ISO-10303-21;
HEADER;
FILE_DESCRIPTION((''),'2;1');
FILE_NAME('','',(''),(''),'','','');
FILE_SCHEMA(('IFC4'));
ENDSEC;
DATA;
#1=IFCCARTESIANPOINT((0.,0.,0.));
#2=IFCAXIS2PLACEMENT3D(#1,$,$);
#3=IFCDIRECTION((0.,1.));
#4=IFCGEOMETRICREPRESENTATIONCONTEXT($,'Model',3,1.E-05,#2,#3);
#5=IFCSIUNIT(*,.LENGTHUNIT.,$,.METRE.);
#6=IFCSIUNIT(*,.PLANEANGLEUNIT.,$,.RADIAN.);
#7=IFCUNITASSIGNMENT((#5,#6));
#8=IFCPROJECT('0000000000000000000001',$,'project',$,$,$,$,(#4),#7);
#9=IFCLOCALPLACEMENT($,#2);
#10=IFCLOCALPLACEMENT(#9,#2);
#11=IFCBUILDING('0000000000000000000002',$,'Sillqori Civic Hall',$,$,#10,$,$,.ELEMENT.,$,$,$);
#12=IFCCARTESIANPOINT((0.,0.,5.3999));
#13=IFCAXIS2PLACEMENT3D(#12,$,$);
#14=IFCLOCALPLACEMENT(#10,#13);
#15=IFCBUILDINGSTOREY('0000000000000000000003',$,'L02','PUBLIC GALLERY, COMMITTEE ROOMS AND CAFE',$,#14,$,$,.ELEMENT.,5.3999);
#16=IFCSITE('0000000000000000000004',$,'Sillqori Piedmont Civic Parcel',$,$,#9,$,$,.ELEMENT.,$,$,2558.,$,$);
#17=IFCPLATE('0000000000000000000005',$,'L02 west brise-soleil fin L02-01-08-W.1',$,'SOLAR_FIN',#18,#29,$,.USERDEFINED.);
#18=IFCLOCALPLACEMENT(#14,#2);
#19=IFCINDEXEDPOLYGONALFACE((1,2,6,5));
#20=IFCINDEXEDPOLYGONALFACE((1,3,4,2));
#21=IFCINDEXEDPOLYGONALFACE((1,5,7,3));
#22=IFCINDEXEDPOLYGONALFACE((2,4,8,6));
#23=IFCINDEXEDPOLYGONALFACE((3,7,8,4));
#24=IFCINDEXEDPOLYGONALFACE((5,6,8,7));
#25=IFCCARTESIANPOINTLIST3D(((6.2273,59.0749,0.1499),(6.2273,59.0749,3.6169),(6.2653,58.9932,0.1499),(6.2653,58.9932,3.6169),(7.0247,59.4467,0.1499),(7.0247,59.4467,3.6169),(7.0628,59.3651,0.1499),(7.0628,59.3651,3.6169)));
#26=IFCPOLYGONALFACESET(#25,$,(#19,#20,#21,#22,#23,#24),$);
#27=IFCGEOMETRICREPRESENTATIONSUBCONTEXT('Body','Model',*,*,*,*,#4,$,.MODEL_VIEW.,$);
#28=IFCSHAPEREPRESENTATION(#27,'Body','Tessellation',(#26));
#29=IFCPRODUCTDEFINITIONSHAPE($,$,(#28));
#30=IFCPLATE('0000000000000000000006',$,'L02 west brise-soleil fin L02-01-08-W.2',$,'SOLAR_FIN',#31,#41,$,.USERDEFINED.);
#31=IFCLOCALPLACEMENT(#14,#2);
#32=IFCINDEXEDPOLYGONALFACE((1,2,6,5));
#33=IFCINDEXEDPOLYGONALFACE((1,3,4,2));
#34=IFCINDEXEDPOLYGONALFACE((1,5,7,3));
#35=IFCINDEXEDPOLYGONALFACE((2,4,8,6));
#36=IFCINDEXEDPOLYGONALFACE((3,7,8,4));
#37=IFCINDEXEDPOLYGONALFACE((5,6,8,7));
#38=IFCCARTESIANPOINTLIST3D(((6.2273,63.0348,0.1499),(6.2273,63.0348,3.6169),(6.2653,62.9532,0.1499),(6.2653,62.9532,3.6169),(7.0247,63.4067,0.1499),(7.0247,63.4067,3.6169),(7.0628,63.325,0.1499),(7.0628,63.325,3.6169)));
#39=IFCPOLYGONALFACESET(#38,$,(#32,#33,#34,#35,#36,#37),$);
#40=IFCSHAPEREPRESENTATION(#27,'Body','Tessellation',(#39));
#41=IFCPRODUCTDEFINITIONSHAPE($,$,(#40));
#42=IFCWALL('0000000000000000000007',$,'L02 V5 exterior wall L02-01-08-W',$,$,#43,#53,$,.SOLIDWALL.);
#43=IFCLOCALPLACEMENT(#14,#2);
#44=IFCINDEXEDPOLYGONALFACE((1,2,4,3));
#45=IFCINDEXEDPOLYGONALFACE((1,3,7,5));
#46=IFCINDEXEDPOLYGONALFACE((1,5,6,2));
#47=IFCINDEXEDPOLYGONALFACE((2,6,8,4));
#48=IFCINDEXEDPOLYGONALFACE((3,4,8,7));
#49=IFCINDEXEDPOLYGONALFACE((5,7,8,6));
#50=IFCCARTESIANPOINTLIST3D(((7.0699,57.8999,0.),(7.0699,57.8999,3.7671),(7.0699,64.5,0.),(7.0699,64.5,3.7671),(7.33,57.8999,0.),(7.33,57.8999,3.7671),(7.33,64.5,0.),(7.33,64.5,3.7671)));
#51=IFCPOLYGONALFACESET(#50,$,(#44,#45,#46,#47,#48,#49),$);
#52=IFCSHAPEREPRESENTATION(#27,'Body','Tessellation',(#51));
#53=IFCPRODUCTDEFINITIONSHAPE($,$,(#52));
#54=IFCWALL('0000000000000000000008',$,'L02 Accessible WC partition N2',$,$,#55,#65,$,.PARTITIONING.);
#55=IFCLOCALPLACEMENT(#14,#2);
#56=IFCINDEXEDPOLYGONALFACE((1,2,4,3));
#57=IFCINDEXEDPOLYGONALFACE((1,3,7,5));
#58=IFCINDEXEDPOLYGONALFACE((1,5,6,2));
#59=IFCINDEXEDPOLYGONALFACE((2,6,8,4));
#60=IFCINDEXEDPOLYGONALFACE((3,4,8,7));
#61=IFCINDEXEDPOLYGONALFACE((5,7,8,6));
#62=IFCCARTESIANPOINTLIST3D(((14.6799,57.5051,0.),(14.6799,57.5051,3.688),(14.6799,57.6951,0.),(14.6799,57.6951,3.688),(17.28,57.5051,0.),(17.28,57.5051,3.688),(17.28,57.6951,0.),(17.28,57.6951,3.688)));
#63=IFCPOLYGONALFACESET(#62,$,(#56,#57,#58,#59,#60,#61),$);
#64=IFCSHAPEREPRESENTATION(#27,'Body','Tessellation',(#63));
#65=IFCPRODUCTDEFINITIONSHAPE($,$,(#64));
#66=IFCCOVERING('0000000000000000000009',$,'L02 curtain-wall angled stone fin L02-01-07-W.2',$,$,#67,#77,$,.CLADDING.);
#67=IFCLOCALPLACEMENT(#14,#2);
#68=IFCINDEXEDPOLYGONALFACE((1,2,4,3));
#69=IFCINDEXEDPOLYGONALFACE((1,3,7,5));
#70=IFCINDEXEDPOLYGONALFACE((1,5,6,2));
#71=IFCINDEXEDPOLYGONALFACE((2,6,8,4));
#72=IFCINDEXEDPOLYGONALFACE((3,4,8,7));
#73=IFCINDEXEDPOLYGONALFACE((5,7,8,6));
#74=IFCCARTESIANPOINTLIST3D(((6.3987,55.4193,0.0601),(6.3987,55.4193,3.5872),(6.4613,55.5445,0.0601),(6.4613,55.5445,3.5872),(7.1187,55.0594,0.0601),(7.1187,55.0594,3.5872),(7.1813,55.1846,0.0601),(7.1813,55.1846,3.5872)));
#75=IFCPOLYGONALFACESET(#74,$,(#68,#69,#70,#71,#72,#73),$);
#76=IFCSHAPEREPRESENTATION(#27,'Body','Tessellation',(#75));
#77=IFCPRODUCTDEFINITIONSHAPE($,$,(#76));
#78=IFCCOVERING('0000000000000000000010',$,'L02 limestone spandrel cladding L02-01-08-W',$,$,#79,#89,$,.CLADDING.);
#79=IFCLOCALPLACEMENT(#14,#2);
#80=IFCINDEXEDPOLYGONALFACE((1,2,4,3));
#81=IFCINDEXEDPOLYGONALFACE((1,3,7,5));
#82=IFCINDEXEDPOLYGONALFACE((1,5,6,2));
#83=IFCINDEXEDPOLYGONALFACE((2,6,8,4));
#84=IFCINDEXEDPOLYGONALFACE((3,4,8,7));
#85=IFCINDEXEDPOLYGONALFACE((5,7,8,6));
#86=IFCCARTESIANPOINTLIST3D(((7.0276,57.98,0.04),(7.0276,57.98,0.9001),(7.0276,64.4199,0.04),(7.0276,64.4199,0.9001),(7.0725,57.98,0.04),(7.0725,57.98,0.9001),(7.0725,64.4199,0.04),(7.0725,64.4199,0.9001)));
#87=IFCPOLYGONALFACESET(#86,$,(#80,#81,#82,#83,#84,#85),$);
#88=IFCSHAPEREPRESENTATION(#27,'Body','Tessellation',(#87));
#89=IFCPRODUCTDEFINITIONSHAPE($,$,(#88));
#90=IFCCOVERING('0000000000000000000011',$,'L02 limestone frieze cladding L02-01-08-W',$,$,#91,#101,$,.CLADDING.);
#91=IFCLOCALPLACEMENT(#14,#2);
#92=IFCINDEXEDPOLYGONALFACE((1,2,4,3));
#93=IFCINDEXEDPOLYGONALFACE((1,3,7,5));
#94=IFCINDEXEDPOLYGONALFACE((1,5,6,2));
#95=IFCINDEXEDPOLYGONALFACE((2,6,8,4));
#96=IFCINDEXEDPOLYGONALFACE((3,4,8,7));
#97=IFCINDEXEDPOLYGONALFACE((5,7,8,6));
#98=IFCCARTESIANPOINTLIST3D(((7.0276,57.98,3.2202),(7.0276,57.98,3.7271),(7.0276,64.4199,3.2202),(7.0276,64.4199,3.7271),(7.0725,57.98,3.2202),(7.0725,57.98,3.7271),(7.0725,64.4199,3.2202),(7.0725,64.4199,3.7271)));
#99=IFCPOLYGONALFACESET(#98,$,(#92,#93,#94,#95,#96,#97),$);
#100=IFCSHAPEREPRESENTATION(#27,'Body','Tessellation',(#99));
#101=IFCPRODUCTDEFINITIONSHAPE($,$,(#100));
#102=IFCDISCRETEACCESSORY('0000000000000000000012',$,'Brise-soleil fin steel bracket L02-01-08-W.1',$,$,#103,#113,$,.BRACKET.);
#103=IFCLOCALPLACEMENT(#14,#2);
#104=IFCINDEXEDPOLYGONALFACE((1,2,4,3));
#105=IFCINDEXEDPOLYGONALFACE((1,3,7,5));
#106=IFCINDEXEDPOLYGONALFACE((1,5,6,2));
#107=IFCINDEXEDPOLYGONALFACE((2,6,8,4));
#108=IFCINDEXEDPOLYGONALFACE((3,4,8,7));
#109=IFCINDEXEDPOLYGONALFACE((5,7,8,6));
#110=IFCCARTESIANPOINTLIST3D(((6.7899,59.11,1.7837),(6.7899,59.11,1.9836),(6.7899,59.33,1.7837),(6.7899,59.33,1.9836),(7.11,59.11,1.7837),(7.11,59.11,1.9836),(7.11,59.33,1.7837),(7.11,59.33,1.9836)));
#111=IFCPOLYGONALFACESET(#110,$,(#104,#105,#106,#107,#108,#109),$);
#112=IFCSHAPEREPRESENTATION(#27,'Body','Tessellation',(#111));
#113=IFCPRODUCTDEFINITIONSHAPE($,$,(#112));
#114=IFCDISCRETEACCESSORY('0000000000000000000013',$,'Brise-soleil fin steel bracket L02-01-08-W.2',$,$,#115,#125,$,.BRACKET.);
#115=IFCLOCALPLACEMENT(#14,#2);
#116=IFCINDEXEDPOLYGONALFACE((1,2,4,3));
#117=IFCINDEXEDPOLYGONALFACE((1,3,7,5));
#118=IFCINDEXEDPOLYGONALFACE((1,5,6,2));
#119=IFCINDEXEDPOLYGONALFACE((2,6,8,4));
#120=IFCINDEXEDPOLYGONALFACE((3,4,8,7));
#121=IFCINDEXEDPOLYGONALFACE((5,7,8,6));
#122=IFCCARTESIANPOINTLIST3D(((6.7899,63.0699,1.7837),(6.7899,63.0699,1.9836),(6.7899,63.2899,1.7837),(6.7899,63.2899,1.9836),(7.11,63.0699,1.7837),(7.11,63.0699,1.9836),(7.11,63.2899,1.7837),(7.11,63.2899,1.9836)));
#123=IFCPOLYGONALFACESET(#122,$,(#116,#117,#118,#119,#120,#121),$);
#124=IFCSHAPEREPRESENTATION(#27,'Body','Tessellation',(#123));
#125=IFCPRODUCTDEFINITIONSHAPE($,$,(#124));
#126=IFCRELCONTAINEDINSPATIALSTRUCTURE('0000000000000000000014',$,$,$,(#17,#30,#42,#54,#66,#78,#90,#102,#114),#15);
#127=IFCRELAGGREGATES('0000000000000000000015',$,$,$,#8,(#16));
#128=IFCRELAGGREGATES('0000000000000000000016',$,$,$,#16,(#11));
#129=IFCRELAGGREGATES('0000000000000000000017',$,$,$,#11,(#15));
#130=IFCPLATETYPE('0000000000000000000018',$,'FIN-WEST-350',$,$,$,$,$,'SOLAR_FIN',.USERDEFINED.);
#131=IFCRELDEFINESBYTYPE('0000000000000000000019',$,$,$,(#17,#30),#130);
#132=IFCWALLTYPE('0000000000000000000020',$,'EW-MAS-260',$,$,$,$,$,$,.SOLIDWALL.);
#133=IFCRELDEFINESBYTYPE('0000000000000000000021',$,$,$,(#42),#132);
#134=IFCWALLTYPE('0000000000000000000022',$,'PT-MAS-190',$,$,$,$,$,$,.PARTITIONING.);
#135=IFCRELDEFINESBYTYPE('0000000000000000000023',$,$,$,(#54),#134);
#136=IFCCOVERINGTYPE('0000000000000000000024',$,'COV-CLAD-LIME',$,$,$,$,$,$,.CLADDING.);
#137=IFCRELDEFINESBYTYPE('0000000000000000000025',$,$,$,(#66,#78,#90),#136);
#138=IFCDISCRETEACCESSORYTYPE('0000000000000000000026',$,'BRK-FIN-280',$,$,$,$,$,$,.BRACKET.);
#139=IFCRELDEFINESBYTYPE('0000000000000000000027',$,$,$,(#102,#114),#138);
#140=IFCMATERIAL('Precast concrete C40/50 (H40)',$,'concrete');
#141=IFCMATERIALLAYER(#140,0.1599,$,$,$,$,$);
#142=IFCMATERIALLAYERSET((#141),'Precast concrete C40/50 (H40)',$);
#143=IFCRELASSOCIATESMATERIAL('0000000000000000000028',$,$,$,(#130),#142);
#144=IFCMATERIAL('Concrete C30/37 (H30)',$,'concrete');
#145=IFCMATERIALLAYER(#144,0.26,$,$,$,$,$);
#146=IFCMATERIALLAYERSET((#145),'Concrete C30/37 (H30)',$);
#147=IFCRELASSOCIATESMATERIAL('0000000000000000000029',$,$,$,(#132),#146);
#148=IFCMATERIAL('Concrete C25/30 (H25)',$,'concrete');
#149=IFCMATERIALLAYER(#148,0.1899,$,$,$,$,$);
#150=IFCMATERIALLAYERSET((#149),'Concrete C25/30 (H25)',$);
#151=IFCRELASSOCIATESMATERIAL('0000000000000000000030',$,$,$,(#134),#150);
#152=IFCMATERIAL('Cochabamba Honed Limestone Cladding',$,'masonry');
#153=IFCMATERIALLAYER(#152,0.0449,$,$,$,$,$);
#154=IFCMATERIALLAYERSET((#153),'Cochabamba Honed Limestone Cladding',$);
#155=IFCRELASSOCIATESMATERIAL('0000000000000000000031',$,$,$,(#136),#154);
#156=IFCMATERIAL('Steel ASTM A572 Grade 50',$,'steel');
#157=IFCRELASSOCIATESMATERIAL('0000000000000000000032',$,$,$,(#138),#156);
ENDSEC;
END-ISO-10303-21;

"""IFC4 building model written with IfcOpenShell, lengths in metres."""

from ifc_helpers import new_model, si_unit, direction, frame, frame_2d, origin, origin_2d, place, context, subcontext, project, spatial, rectangle, extrude, material, layer, layer_set, type_object, element, save


model = new_model("IFC4")

# Units and contexts
model_context = context("Model", 3, precision=1e-05, world=origin(), true_north=direction((0.0, 1.0)))
body_context = subcontext(model_context, "Body", "Model", "MODEL_VIEW")
ifc_project = project(units=[si_unit("LENGTHUNIT", "METRE"), si_unit("PLANEANGLEUNIT", "RADIAN")], contexts=[model_context])

# Site, building, storey
site_placement = place(None, origin())
site = spatial("IfcSite", under=ifc_project, at=site_placement, Name="Sillqori Piedmont Civic Parcel", CompositionType="ELEMENT", RefElevation=2558.0)
building_placement = place(site_placement, origin())
building = spatial("IfcBuilding", under=site, at=building_placement, Name="Sillqori Civic Hall", CompositionType="ELEMENT")
storey_placement = place(building_placement, frame((0.0, 0.0, 5.3999)))
storey = spatial("IfcBuildingStorey", under=building, at=storey_placement, Name="L02", Description="PUBLIC GALLERY, COMMITTEE ROOMS AND CAFE", CompositionType="ELEMENT", Elevation=5.3999)

# Plates
ifc_material_1 = material(Name="Precast concrete C40/50 (H40)", Category="concrete")
ifc_layer_1 = layer(ifc_material_1, 0.1599)
ifc_layer_set_1 = layer_set([ifc_layer_1], Name="Precast concrete C40/50 (H40)")
plate_type = type_object("IfcPlateType", Name="FIN-WEST-350", ElementType="SOLAR_FIN", PredefinedType="USERDEFINED", material=ifc_layer_set_1)
for number, where, z_axis, x_axis, name in (
    (1, (6.645, 59.22, 0.1499), (0.0, 0.0, 1.0), (-0.422618, 0.906308, 0.0), "L02 west brise-soleil fin L02-01-08-W.1"),
    (2, (6.645, 63.1799, 0.1499), (0.0, 0.0, 1.0), (-0.422618, 0.906308, 0.0), "L02 west brise-soleil fin L02-01-08-W.2"),
):
    element("IfcPlate", number, at=place(storey_placement, frame(where, z_axis=z_axis, x_axis=x_axis)), inside=storey, type_object=plate_type, Name=name, ObjectType="SOLAR_FIN", PredefinedType="USERDEFINED", context=body_context, shape_type="SweptSolid", body=[
        extrude(rectangle(XDim=0.0901, YDim=0.8799, at=origin_2d()), origin(), (0.0, 0.0, 1.0), 3.467),
    ])

# Walls
ifc_material_2 = material(Name="Concrete C30/37 (H30)", Category="concrete")
ifc_layer_2 = layer(ifc_material_2, 0.26)
ifc_layer_set_2 = layer_set([ifc_layer_2], Name="Concrete C30/37 (H30)")
wall_type_1 = type_object("IfcWallType", Name="EW-MAS-260", PredefinedType="SOLIDWALL", material=ifc_layer_set_2)
wall_1_placement = place(storey_placement, frame((7.2, 57.8999, 0.0), z_axis=(0.0, 0.0, 1.0), x_axis=(0.0, 1.0, 0.0)))
element("IfcWall", 3, at=wall_1_placement, inside=storey, type_object=wall_type_1, Name="L02 V5 exterior wall L02-01-08-W", PredefinedType="SOLIDWALL", context=body_context, shape_type="SweptSolid", body=[
    extrude(rectangle(XDim=6.6001, YDim=0.26, at=frame_2d((3.3, 0.0))), origin(), (0.0, 0.0, 1.0), 3.7671),
])
ifc_material_3 = material(Name="Concrete C25/30 (H25)", Category="concrete")
ifc_layer_3 = layer(ifc_material_3, 0.1899)
ifc_layer_set_3 = layer_set([ifc_layer_3], Name="Concrete C25/30 (H25)")
wall_type_2 = type_object("IfcWallType", Name="PT-MAS-190", PredefinedType="PARTITIONING", material=ifc_layer_set_3)
wall_2_placement = place(storey_placement, frame((14.6799, 57.6001, 0.0), z_axis=(0.0, 0.0, 1.0), x_axis=(1.0, 0.0, 0.0)))
element("IfcWall", 4, at=wall_2_placement, inside=storey, type_object=wall_type_2, Name="L02 Accessible WC partition N2", PredefinedType="PARTITIONING", context=body_context, shape_type="SweptSolid", body=[
    extrude(rectangle(XDim=2.6001, YDim=0.1899, at=frame_2d((1.3, 0.0))), origin(), (0.0, 0.0, 1.0), 3.688),
])

# Coverings
ifc_material_4 = material(Name="Cochabamba Honed Limestone Cladding", Category="masonry")
ifc_layer_4 = layer(ifc_material_4, 0.0449)
ifc_layer_set_4 = layer_set([ifc_layer_4], Name="Cochabamba Honed Limestone Cladding")
covering_type = type_object("IfcCoveringType", Name="COV-CLAD-LIME", PredefinedType="CLADDING", material=ifc_layer_set_4)
covering_1_placement = place(storey_placement, frame((7.1499, 55.1221, 0.0601), z_axis=(0.0, 0.0, 1.0), x_axis=(-0.894488, 0.447092, 0.0)))
element("IfcCovering", 5, at=covering_1_placement, inside=storey, type_object=covering_type, Name="L02 curtain-wall angled stone fin L02-01-07-W.2", PredefinedType="CLADDING", context=body_context, shape_type="SweptSolid", body=[
    extrude(rectangle(XDim=0.8049, YDim=0.1399, at=frame_2d((0.4023, 0.0))), origin(), (0.0, 0.0, 1.0), 3.5271),
])
covering_2_placement = place(storey_placement, frame((7.05, 57.98, 0.04), z_axis=(0.0, 0.0, 1.0), x_axis=(0.0, 1.0, 0.0)))
element("IfcCovering", 6, at=covering_2_placement, inside=storey, type_object=covering_type, Name="L02 limestone spandrel cladding L02-01-08-W", PredefinedType="CLADDING", context=body_context, shape_type="SweptSolid", body=[
    extrude(rectangle(XDim=6.4399, YDim=0.0449, at=frame_2d((3.22, 0.0))), origin(), (0.0, 0.0, 1.0), 0.8601),
])
covering_3_placement = place(storey_placement, frame((7.05, 57.98, 3.2202), z_axis=(0.0, 0.0, 1.0), x_axis=(0.0, 1.0, 0.0)))
element("IfcCovering", 7, at=covering_3_placement, inside=storey, type_object=covering_type, Name="L02 limestone frieze cladding L02-01-08-W", PredefinedType="CLADDING", context=body_context, shape_type="SweptSolid", body=[
    extrude(rectangle(XDim=6.4399, YDim=0.0449, at=frame_2d((3.22, 0.0))), origin(), (0.0, 0.0, 1.0), 0.5068),
])

# Discrete accessories
ifc_material_5 = material(Name="Steel ASTM A572 Grade 50", Category="steel")
discrete_accessory_type = type_object("IfcDiscreteAccessoryType", Name="BRK-FIN-280", PredefinedType="BRACKET", material=ifc_material_5)
for number, where, z_axis, x_axis, name in (
    (8, (6.95, 59.22, 1.7837), (0.0, 0.0, 1.0), (0.0, 1.0, 0.0), "Brise-soleil fin steel bracket L02-01-08-W.1"),
    (9, (6.95, 63.1799, 1.7837), (0.0, 0.0, 1.0), (0.0, 1.0, 0.0), "Brise-soleil fin steel bracket L02-01-08-W.2"),
):
    element("IfcDiscreteAccessory", number, at=place(storey_placement, frame(where, z_axis=z_axis, x_axis=x_axis)), inside=storey, type_object=discrete_accessory_type, Name=name, PredefinedType="BRACKET", context=body_context, shape_type="SweptSolid", body=[
        extrude(rectangle(XDim=0.22, YDim=0.3201, at=origin_2d()), origin(), (0.0, 0.0, 1.0), 0.2),
    ])

save(model, "model.ifc")
